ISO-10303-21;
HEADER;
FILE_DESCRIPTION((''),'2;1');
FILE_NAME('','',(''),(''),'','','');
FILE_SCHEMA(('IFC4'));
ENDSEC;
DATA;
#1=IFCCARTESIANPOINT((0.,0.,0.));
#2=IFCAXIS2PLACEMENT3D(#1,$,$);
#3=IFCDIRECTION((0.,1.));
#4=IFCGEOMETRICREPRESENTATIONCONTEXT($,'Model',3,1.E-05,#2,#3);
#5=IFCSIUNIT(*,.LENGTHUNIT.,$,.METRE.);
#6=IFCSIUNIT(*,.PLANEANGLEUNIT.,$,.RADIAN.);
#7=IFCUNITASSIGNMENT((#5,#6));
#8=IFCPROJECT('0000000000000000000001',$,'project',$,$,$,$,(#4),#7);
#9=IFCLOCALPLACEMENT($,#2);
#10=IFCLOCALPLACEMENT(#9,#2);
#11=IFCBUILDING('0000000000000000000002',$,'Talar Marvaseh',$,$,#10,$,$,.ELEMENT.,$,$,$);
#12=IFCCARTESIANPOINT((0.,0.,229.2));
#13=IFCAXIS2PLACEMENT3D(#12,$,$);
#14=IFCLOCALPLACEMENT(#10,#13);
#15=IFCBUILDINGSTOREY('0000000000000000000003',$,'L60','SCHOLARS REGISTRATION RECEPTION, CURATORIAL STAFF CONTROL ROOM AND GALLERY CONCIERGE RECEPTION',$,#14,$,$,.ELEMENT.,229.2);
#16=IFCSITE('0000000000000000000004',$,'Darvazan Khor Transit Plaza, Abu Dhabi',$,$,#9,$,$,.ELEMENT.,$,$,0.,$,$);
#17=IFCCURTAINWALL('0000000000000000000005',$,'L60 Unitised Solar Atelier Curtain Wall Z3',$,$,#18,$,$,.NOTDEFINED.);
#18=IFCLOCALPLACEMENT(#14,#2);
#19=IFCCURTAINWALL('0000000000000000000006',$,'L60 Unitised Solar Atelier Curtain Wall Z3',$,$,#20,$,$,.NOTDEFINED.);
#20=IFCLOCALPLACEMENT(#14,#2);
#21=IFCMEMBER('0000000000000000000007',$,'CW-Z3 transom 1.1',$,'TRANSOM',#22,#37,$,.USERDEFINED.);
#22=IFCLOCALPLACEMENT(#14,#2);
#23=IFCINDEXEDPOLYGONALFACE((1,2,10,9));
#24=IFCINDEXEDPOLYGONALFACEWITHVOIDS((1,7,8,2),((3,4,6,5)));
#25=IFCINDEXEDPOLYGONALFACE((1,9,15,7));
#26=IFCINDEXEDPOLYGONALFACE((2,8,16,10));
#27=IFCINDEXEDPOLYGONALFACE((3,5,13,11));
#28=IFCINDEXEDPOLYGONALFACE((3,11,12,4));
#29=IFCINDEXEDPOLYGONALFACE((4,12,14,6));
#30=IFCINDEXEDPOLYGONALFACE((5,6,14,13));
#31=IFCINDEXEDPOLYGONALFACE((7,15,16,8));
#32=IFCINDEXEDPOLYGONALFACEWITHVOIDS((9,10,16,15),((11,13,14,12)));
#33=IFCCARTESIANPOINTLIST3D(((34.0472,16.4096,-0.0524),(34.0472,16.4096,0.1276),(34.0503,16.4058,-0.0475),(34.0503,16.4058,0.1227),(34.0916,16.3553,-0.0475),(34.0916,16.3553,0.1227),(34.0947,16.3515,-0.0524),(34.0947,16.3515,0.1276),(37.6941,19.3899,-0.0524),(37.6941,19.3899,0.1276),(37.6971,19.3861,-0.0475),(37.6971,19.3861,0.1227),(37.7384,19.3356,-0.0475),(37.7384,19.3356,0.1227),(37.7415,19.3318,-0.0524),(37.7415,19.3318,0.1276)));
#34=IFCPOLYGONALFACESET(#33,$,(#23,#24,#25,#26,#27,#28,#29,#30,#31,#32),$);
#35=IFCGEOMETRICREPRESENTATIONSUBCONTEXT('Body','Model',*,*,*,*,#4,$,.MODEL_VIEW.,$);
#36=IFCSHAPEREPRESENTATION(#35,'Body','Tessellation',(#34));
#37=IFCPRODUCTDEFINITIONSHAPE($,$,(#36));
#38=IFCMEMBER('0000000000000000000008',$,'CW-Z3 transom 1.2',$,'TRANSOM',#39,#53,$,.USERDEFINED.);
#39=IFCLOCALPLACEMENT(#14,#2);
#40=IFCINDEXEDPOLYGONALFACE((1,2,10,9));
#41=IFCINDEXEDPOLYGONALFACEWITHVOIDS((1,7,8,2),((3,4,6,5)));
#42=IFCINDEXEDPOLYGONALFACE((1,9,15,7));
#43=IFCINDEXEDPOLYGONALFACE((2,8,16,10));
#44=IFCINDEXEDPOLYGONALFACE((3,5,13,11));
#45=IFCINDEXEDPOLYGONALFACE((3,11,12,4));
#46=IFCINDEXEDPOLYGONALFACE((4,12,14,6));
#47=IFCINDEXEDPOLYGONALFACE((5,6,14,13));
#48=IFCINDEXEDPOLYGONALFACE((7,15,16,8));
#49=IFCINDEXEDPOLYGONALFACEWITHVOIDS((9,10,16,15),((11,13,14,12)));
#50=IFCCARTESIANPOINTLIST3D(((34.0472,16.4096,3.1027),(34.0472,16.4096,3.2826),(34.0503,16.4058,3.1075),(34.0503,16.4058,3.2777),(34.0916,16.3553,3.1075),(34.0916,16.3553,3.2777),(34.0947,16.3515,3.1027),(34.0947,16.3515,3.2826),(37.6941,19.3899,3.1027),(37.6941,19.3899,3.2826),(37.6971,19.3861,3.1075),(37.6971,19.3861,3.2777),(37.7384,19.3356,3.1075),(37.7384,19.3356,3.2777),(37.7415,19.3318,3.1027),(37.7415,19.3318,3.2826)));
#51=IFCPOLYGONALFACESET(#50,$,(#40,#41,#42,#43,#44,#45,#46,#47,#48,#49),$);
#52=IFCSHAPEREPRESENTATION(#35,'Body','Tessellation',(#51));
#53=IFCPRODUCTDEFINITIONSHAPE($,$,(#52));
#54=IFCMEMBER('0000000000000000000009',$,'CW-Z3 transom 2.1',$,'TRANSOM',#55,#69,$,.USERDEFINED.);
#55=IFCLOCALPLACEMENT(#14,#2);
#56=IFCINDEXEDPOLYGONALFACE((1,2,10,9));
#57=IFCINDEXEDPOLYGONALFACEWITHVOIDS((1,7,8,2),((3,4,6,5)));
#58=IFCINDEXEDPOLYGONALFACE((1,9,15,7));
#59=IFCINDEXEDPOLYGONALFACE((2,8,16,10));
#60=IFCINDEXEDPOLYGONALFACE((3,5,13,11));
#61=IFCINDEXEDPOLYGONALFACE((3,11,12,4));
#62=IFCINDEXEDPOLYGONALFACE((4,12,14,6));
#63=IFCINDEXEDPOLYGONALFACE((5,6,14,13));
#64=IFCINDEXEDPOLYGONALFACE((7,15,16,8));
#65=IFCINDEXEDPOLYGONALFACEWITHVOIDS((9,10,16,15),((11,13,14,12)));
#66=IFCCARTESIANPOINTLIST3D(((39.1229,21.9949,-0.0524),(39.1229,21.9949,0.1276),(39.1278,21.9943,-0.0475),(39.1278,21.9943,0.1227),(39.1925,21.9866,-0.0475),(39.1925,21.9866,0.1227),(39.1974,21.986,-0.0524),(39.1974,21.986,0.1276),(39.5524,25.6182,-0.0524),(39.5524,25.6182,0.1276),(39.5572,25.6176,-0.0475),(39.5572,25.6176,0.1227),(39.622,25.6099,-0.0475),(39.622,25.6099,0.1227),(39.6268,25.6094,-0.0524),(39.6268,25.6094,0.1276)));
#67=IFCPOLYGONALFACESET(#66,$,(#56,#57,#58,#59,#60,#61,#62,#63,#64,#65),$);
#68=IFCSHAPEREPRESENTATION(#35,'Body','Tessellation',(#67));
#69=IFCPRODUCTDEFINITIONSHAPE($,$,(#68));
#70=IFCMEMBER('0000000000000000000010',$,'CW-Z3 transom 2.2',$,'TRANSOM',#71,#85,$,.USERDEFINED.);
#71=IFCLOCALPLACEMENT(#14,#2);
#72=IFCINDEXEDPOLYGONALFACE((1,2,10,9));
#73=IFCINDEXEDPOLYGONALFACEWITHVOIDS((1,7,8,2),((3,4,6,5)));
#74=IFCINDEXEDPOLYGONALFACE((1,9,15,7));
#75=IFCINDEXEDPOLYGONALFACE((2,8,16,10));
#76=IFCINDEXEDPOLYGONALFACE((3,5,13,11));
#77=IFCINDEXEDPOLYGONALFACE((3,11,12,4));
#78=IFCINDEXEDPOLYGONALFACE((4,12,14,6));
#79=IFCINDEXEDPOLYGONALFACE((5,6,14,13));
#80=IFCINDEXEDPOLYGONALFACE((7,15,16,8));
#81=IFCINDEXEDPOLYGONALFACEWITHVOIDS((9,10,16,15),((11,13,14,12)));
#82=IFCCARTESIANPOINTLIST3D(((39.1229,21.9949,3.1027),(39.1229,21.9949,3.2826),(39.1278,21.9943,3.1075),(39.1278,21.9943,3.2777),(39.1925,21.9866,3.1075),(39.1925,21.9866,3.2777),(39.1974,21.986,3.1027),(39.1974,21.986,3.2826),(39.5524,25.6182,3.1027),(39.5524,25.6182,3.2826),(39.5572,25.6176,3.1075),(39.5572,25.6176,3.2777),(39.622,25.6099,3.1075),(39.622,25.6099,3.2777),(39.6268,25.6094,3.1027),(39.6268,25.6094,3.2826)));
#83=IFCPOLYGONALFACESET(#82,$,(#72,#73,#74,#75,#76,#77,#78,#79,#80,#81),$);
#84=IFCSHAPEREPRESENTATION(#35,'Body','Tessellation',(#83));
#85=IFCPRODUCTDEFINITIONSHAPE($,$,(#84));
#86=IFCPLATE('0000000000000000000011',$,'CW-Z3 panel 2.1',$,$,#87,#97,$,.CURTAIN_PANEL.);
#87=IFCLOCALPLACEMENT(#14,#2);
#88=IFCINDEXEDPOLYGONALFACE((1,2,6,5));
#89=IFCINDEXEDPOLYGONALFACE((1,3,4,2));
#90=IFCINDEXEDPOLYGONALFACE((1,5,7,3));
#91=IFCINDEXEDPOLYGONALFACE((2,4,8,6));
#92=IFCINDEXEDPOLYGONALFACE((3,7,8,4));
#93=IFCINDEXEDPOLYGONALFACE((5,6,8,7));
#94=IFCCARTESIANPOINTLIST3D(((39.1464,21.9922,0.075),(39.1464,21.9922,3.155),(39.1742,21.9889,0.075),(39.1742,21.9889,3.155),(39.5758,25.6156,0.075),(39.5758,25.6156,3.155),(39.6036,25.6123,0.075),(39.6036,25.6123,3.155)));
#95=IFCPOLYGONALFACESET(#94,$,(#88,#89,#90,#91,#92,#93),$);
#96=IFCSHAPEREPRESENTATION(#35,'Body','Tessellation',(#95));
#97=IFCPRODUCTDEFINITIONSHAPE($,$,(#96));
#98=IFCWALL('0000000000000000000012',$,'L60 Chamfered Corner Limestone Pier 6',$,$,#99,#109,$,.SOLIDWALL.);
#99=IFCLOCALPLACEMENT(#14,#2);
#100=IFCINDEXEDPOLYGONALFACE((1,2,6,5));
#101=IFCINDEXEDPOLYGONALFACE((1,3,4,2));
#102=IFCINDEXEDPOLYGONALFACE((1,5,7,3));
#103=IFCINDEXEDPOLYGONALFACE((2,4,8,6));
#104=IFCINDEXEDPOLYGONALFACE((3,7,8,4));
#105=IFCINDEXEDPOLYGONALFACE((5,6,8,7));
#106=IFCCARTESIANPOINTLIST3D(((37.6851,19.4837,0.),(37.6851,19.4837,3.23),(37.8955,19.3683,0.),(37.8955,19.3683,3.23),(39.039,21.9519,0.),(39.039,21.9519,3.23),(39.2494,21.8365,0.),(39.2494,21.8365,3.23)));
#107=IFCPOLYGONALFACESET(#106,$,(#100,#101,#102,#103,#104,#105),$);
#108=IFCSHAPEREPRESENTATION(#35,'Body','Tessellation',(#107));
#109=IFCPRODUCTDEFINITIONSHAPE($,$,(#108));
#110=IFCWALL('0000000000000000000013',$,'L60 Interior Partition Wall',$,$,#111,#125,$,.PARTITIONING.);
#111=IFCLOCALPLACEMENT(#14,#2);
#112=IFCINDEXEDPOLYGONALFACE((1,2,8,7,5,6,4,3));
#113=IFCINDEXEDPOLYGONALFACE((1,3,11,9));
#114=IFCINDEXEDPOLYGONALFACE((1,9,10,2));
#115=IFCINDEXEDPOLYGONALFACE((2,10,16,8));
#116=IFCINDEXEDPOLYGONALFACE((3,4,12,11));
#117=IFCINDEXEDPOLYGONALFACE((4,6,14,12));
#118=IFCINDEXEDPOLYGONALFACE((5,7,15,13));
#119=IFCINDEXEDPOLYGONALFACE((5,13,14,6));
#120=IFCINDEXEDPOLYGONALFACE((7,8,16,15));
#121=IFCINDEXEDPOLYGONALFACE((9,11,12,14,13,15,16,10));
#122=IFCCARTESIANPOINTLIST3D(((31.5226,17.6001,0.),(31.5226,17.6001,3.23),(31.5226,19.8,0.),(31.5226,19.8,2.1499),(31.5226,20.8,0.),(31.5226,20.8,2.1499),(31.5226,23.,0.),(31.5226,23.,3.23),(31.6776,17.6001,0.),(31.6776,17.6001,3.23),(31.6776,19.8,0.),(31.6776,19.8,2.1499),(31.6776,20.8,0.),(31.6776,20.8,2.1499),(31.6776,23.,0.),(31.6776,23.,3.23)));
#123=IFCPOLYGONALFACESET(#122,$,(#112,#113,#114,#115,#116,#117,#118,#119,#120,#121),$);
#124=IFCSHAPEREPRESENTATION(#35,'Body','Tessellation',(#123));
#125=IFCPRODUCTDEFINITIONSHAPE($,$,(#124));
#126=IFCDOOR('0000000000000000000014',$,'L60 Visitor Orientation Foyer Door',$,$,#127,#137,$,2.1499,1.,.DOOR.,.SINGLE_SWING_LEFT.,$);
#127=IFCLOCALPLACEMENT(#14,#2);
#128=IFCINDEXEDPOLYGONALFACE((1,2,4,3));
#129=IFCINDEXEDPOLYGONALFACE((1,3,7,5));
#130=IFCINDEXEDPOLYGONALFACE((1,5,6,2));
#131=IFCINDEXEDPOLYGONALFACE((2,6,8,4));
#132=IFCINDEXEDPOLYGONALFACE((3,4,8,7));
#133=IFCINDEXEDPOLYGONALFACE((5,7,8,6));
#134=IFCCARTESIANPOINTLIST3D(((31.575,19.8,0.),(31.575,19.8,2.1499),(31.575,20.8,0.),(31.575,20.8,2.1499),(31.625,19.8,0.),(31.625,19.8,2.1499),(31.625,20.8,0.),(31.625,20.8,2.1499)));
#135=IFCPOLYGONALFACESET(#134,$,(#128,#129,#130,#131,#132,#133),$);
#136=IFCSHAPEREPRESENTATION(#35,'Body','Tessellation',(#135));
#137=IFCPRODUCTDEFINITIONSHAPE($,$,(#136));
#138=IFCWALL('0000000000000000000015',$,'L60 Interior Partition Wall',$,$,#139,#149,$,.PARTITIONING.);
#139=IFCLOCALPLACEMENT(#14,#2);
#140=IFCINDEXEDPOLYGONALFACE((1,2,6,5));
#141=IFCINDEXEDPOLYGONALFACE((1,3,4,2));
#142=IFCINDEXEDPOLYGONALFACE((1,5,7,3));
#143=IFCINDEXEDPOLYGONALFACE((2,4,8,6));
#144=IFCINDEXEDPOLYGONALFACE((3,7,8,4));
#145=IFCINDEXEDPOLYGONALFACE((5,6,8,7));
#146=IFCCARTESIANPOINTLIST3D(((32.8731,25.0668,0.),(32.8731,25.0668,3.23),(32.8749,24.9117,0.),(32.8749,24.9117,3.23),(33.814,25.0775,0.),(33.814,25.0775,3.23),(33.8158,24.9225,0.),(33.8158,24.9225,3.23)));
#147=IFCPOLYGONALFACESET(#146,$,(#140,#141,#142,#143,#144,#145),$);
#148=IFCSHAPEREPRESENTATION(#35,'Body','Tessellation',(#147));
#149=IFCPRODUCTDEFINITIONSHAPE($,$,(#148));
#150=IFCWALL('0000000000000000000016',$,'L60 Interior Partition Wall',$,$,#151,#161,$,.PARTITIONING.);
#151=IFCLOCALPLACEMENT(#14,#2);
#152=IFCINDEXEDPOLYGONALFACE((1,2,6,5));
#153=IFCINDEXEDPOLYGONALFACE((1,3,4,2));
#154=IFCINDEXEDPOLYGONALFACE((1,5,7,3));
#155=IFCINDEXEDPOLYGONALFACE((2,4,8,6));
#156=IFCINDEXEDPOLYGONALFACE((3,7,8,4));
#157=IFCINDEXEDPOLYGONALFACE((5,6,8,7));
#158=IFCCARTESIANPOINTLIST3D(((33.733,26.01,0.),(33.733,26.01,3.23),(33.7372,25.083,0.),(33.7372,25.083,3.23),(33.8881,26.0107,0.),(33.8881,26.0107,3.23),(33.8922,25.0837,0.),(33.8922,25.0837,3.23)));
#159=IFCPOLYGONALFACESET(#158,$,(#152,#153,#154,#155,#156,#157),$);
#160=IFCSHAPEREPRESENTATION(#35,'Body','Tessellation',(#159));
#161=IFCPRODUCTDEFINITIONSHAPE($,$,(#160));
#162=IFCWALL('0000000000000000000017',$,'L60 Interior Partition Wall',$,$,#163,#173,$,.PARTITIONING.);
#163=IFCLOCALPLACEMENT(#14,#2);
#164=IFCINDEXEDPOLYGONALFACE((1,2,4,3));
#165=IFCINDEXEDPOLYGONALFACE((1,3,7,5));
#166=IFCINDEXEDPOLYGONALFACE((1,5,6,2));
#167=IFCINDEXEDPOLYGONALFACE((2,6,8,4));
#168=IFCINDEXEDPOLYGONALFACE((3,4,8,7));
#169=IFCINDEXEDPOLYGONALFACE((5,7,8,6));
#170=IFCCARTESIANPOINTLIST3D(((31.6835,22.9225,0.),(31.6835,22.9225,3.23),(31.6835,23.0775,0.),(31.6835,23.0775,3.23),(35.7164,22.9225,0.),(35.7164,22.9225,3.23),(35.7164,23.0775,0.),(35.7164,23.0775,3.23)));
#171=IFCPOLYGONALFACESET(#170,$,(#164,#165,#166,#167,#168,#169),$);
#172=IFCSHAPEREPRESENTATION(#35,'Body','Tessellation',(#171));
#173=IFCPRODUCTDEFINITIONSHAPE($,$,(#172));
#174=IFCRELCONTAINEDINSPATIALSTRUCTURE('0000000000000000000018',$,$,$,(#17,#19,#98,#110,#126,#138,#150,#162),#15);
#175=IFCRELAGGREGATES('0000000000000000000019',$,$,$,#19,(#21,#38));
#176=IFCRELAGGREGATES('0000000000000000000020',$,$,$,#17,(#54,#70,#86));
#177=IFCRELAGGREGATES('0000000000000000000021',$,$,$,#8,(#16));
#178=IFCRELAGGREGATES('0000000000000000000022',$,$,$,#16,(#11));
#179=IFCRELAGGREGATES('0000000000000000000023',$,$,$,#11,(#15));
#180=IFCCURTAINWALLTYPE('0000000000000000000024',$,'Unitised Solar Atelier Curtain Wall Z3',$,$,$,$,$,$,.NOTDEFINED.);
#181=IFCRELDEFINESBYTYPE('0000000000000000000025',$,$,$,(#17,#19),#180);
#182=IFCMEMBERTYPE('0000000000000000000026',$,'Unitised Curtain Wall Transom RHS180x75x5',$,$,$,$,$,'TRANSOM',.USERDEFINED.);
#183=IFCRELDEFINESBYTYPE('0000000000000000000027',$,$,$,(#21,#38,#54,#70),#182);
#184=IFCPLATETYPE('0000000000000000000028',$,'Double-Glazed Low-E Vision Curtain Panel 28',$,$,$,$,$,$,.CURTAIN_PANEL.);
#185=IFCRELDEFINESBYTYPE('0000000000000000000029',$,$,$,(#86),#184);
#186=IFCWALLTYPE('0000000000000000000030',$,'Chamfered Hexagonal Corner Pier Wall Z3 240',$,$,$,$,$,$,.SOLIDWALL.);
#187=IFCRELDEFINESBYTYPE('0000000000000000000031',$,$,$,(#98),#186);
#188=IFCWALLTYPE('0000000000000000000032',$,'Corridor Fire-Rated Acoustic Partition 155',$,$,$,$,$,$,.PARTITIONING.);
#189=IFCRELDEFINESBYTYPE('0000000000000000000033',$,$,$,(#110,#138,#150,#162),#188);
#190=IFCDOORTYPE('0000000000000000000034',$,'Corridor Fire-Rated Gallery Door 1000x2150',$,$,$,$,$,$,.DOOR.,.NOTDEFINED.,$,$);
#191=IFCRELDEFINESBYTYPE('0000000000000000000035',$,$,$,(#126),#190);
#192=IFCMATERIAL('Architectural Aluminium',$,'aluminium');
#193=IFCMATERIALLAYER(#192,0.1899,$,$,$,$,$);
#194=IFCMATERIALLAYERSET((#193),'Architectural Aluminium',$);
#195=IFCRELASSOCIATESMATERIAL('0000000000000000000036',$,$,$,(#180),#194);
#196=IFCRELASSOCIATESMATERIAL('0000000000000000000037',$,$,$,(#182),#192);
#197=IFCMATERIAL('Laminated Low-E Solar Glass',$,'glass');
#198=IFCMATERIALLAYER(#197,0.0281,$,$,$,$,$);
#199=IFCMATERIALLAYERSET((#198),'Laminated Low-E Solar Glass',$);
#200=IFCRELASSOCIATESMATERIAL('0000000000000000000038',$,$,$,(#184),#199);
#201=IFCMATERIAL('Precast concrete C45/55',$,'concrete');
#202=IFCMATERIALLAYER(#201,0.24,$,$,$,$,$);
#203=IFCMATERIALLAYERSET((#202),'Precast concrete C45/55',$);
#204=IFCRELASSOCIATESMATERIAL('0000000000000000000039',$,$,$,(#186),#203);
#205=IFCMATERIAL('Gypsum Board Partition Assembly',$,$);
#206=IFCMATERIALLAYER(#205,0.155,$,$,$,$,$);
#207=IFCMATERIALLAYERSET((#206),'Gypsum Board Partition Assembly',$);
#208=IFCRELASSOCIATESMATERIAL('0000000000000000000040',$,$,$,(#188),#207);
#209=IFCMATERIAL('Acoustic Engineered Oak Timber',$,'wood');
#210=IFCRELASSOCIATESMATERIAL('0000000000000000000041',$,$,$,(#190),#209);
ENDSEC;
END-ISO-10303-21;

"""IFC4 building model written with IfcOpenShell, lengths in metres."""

from ifc_helpers import new_model, si_unit, direction, frame, frame_2d, origin, origin_2d, place, context, subcontext, project, spatial, rectangle, hollow_rectangle, extrude, source, transform, mapped, material, layer, layer_set, material_profile, profile_set, type_object, type_shapes, element, fill, aggregate, save


model = new_model("IFC4")

# Units and contexts
model_context = context("Model", 3, precision=1e-05, world=origin(), true_north=direction((0.0, 1.0)))
body_context = subcontext(model_context, "Body", "Model", "MODEL_VIEW")
ifc_project = project(units=[si_unit("LENGTHUNIT", "METRE"), si_unit("PLANEANGLEUNIT", "RADIAN")], contexts=[model_context])

# Site, building, storey
site_placement = place(None, origin())
site = spatial("IfcSite", under=ifc_project, at=site_placement, Name="Darvazan Khor Transit Plaza, Abu Dhabi", CompositionType="ELEMENT", RefElevation=0.0)
building_placement = place(site_placement, origin())
building = spatial("IfcBuilding", under=site, at=building_placement, Name="Talar Marvaseh", CompositionType="ELEMENT")
storey_placement = place(building_placement, frame((0.0, 0.0, 229.2)))
storey = spatial("IfcBuildingStorey", under=building, at=storey_placement, Name="L60", Description="SCHOLARS REGISTRATION RECEPTION, CURATORIAL STAFF CONTROL ROOM AND GALLERY CONCIERGE RECEPTION", CompositionType="ELEMENT", Elevation=229.2)

# Curtain walls, members
ifc_material_1 = material(Name="Architectural Aluminium", Category="aluminium")
ifc_layer_1 = layer(ifc_material_1, 0.1899)
ifc_layer_set_1 = layer_set([ifc_layer_1], Name="Architectural Aluminium")
curtain_wall_type = type_object("IfcCurtainWallType", Name="Unitised Solar Atelier Curtain Wall Z3", PredefinedType="NOTDEFINED", material=ifc_layer_set_1)
curtain_wall_1_placement = place(storey_placement, origin())
curtain_wall_1 = element("IfcCurtainWall", 1, at=curtain_wall_1_placement, inside=storey, type_object=curtain_wall_type, Name="L60 Unitised Solar Atelier Curtain Wall Z3", PredefinedType="NOTDEFINED")
curtain_wall_2_placement = place(storey_placement, origin())
curtain_wall_2 = element("IfcCurtainWall", 2, at=curtain_wall_2_placement, inside=storey, type_object=curtain_wall_type, Name="L60 Unitised Solar Atelier Curtain Wall Z3", PredefinedType="NOTDEFINED")
ifc_material_profile_1 = material_profile(ifc_material_1, hollow_rectangle(XDim=0.075, YDim=0.1799, WallThickness=0.0049, at=origin_2d()), Name="RHS180x75x5")
ifc_profile_set_1 = profile_set([ifc_material_profile_1], Name="Architectural Aluminium")
member_type_1 = type_object("IfcMemberType", Name="Unitised Curtain Wall Transom RHS180x75x5", ElementType="TRANSOM", PredefinedType="USERDEFINED", material=ifc_profile_set_1)
shared_shape_1 = source(origin(), body_context, "Body", "SweptSolid", [
    extrude(hollow_rectangle(XDim=0.075, YDim=0.1799, WallThickness=0.0049, at=origin_2d()), origin(), (0.0, 0.0, 1.0), 4.7097),
])
member_1_placement = place(storey_placement, frame((37.7178, 19.3608, 0.0376), z_axis=(-0.774317, -0.632797, 0.0), x_axis=(0.632797, -0.774317, 0.0)))
member_1 = element("IfcMember", 3, at=member_1_placement, type_object=member_type_1, Name="CW-Z3 transom 1.1", ObjectType="TRANSOM", PredefinedType="USERDEFINED", context=body_context, shape_type="MappedRepresentation", body=[
    mapped(shared_shape_1, transform((0.0, 0.0, 0.0), x_axis=(1.0, 0.0, 0.0), y_axis=(0.0, 1.0, 0.0), z_axis=(0.0, 0.0, 1.0), scale=1.0)),
])
member_2_placement = place(storey_placement, frame((37.7178, 19.3608, 3.1926), z_axis=(-0.774317, -0.632797, 0.0), x_axis=(0.632797, -0.774317, 0.0)))
member_2 = element("IfcMember", 4, at=member_2_placement, type_object=member_type_1, Name="CW-Z3 transom 1.2", ObjectType="TRANSOM", PredefinedType="USERDEFINED", context=body_context, shape_type="MappedRepresentation", body=[
    mapped(shared_shape_1, transform((0.0, 0.0, 0.0), x_axis=(1.0, 0.0, 0.0), y_axis=(0.0, 1.0, 0.0), z_axis=(0.0, 0.0, 1.0), scale=1.0)),
])
aggregate(curtain_wall_2, [member_1, member_2])

# Members
shared_shape_2 = source(origin(), body_context, "Body", "SweptSolid", [
    extrude(hollow_rectangle(XDim=0.075, YDim=0.1799, WallThickness=0.0049, at=origin_2d()), origin(), (0.0, 0.0, 1.0), 3.6487),
])
type_shapes(member_type_1, [shared_shape_1, shared_shape_2])
member_3_placement = place(storey_placement, frame((39.5896, 25.6138, 0.0376), z_axis=(-0.117699, -0.993049, 0.0), x_axis=(0.993049, -0.117699, 0.0)))
member_3 = element("IfcMember", 5, at=member_3_placement, type_object=member_type_1, Name="CW-Z3 transom 2.1", ObjectType="TRANSOM", PredefinedType="USERDEFINED", context=body_context, shape_type="MappedRepresentation", body=[
    mapped(shared_shape_2, transform((0.0, 0.0, 0.0), x_axis=(1.0, 0.0, 0.0), y_axis=(0.0, 1.0, 0.0), z_axis=(0.0, 0.0, 1.0), scale=1.0)),
])
member_4_placement = place(storey_placement, frame((39.5896, 25.6138, 3.1926), z_axis=(-0.117699, -0.993049, 0.0), x_axis=(0.993049, -0.117699, 0.0)))
member_4 = element("IfcMember", 6, at=member_4_placement, type_object=member_type_1, Name="CW-Z3 transom 2.2", ObjectType="TRANSOM", PredefinedType="USERDEFINED", context=body_context, shape_type="MappedRepresentation", body=[
    mapped(shared_shape_2, transform((0.0, 0.0, 0.0), x_axis=(1.0, 0.0, 0.0), y_axis=(0.0, 1.0, 0.0), z_axis=(0.0, 0.0, 1.0), scale=1.0)),
])

# Plate
ifc_material_2 = material(Name="Laminated Low-E Solar Glass", Category="glass")
ifc_layer_2 = layer(ifc_material_2, 0.0281)
ifc_layer_set_2 = layer_set([ifc_layer_2], Name="Laminated Low-E Solar Glass")
plate_type = type_object("IfcPlateType", Name="Double-Glazed Low-E Vision Curtain Panel 28", PredefinedType="CURTAIN_PANEL", material=ifc_layer_set_2)
shared_shape_3 = source(origin(), body_context, "Body", "SweptSolid", [
    extrude(rectangle(XDim=3.6487, YDim=0.0281, at=origin_2d()), origin(), (0.0, 0.0, 1.0), 3.0801),
])
type_shapes(plate_type, [shared_shape_3])
plate_placement = place(storey_placement, frame((39.375, 23.8022, 0.075), z_axis=(0.0, 0.0, 1.0), x_axis=(-0.117689, -0.993051, 0.0)))
plate = element("IfcPlate", 7, at=plate_placement, type_object=plate_type, Name="CW-Z3 panel 2.1", PredefinedType="CURTAIN_PANEL", context=body_context, shape_type="MappedRepresentation", body=[
    mapped(shared_shape_3, transform((0.0, 0.0, 0.0), x_axis=(1.0, 0.0, 0.0), y_axis=(0.0, 1.0, 0.0), z_axis=(0.0, 0.0, 1.0), scale=1.0)),
])
aggregate(curtain_wall_1, [member_3, member_4, plate])

# Wall
ifc_material_3 = material(Name="Precast concrete C45/55", Category="concrete")
ifc_layer_3 = layer(ifc_material_3, 0.24)
ifc_layer_set_3 = layer_set([ifc_layer_3], Name="Precast concrete C45/55")
wall_type_1 = type_object("IfcWallType", Name="Chamfered Hexagonal Corner Pier Wall Z3 240", PredefinedType="SOLIDWALL", material=ifc_layer_set_3)
wall_1_placement = place(storey_placement, frame((39.1443, 21.8943, 0.0), z_axis=(0.0, 0.0, 1.0), x_axis=(-0.480953, -0.876746, 0.0)))
element("IfcWall", 8, at=wall_1_placement, inside=storey, type_object=wall_type_1, Name="L60 Chamfered Corner Limestone Pier 6", PredefinedType="SOLIDWALL", context=body_context, shape_type="SweptSolid", body=[
    extrude(rectangle(XDim=2.8152, YDim=0.24, at=frame_2d((1.4077, 0.0))), origin(), (0.0, 0.0, 1.0), 3.23),
])

# Wall, opening, door
ifc_material_4 = material(Name="Gypsum Board Partition Assembly")
ifc_layer_4 = layer(ifc_material_4, 0.155)
ifc_layer_set_4 = layer_set([ifc_layer_4], Name="Gypsum Board Partition Assembly")
wall_type_2 = type_object("IfcWallType", Name="Corridor Fire-Rated Acoustic Partition 155", PredefinedType="PARTITIONING", material=ifc_layer_set_4)
wall_2_placement = place(storey_placement, frame((31.6001, 23.0, 0.0), z_axis=(0.0, 0.0, 1.0), x_axis=(0.0, -1.0, 0.0)))
wall_2 = element("IfcWall", 9, at=wall_2_placement, inside=storey, type_object=wall_type_2, Name="L60 Interior Partition Wall", PredefinedType="PARTITIONING", context=body_context, shape_type="SweptSolid", body=[
    extrude(rectangle(XDim=5.3999, YDim=0.155, at=frame_2d((2.7, 0.0))), origin(), (0.0, 0.0, 1.0), 3.23),
])
opening_placement = place(wall_2_placement, frame((2.2, 0.0, 0.0)))
opening = element("IfcOpeningElement", 10, at=opening_placement, cuts=wall_2, PredefinedType="OPENING", context=body_context, shape_type="SweptSolid", body=[
    extrude(rectangle(XDim=1.0, YDim=2.1499, at=frame_2d((0.5, 1.075))), frame((0.0, 0.0874, 0.0), z_axis=(0.0, -1.0, 0.0), x_axis=(1.0, 0.0, 0.0)), (0.0, 0.0, 1.0), 0.175),
])
ifc_material_5 = material(Name="Acoustic Engineered Oak Timber", Category="wood")
door_type = type_object("IfcDoorType", Name="Corridor Fire-Rated Gallery Door 1000x2150", OperationType="NOTDEFINED", PredefinedType="DOOR", material=ifc_material_5)
shared_shape_4 = source(origin(), body_context, "Body", "SweptSolid", [
    extrude(rectangle(XDim=1.0, YDim=2.1499, at=frame_2d((0.5, 1.075))), frame((0.0, 0.0249, 0.0), z_axis=(0.0, -1.0, 0.0), x_axis=(1.0, 0.0, 0.0)), (0.0, 0.0, 1.0), 0.05),
])
type_shapes(door_type, [shared_shape_4])
door_placement = place(opening_placement, origin())
door = element("IfcDoor", 11, at=door_placement, inside=storey, type_object=door_type, Name="L60 Visitor Orientation Foyer Door", OperationType="SINGLE_SWING_LEFT", OverallHeight=2.1499, OverallWidth=1.0, PredefinedType="DOOR", context=body_context, shape_type="MappedRepresentation", body=[
    mapped(shared_shape_4, transform((0.0, 0.0, 0.0), x_axis=(1.0, 0.0, 0.0), y_axis=(0.0, 1.0, 0.0), z_axis=(0.0, 0.0, 1.0), scale=1.0)),
])
fill(opening, door)

# Walls
wall_3_placement = place(storey_placement, frame((32.874, 24.9893, 0.0), z_axis=(0.0, 0.0, 1.0), x_axis=(0.999935, 0.011416, 0.0)))
element("IfcWall", 12, at=wall_3_placement, inside=storey, type_object=wall_type_2, Name="L60 Interior Partition Wall", PredefinedType="PARTITIONING", context=body_context, shape_type="SweptSolid", body=[
    extrude(rectangle(XDim=0.9409, YDim=0.155, at=frame_2d((0.4705, 0.0))), origin(), (0.0, 0.0, 1.0), 3.23),
])
wall_4_placement = place(storey_placement, frame((33.8147, 25.0835, 0.0), z_axis=(0.0, 0.0, 1.0), x_axis=(-0.004477, 0.99999, 0.0)))
element("IfcWall", 13, at=wall_4_placement, inside=storey, type_object=wall_type_2, Name="L60 Interior Partition Wall", PredefinedType="PARTITIONING", context=body_context, shape_type="SweptSolid", body=[
    extrude(rectangle(XDim=0.927, YDim=0.155, at=frame_2d((0.4634, 0.0))), origin(), (0.0, 0.0, 1.0), 3.23),
])
wall_5_placement = place(storey_placement, frame((35.7166, 23.0, 0.0), z_axis=(0.0, 0.0, 1.0), x_axis=(-1.0, 0.0, 0.0)))
element("IfcWall", 14, at=wall_5_placement, inside=storey, type_object=wall_type_2, Name="L60 Interior Partition Wall", PredefinedType="PARTITIONING", context=body_context, shape_type="SweptSolid", body=[
    extrude(rectangle(XDim=4.033, YDim=0.155, at=frame_2d((2.0166, 0.0))), origin(), (0.0, 0.0, 1.0), 3.23),
])

save(model, "model.ifc")
